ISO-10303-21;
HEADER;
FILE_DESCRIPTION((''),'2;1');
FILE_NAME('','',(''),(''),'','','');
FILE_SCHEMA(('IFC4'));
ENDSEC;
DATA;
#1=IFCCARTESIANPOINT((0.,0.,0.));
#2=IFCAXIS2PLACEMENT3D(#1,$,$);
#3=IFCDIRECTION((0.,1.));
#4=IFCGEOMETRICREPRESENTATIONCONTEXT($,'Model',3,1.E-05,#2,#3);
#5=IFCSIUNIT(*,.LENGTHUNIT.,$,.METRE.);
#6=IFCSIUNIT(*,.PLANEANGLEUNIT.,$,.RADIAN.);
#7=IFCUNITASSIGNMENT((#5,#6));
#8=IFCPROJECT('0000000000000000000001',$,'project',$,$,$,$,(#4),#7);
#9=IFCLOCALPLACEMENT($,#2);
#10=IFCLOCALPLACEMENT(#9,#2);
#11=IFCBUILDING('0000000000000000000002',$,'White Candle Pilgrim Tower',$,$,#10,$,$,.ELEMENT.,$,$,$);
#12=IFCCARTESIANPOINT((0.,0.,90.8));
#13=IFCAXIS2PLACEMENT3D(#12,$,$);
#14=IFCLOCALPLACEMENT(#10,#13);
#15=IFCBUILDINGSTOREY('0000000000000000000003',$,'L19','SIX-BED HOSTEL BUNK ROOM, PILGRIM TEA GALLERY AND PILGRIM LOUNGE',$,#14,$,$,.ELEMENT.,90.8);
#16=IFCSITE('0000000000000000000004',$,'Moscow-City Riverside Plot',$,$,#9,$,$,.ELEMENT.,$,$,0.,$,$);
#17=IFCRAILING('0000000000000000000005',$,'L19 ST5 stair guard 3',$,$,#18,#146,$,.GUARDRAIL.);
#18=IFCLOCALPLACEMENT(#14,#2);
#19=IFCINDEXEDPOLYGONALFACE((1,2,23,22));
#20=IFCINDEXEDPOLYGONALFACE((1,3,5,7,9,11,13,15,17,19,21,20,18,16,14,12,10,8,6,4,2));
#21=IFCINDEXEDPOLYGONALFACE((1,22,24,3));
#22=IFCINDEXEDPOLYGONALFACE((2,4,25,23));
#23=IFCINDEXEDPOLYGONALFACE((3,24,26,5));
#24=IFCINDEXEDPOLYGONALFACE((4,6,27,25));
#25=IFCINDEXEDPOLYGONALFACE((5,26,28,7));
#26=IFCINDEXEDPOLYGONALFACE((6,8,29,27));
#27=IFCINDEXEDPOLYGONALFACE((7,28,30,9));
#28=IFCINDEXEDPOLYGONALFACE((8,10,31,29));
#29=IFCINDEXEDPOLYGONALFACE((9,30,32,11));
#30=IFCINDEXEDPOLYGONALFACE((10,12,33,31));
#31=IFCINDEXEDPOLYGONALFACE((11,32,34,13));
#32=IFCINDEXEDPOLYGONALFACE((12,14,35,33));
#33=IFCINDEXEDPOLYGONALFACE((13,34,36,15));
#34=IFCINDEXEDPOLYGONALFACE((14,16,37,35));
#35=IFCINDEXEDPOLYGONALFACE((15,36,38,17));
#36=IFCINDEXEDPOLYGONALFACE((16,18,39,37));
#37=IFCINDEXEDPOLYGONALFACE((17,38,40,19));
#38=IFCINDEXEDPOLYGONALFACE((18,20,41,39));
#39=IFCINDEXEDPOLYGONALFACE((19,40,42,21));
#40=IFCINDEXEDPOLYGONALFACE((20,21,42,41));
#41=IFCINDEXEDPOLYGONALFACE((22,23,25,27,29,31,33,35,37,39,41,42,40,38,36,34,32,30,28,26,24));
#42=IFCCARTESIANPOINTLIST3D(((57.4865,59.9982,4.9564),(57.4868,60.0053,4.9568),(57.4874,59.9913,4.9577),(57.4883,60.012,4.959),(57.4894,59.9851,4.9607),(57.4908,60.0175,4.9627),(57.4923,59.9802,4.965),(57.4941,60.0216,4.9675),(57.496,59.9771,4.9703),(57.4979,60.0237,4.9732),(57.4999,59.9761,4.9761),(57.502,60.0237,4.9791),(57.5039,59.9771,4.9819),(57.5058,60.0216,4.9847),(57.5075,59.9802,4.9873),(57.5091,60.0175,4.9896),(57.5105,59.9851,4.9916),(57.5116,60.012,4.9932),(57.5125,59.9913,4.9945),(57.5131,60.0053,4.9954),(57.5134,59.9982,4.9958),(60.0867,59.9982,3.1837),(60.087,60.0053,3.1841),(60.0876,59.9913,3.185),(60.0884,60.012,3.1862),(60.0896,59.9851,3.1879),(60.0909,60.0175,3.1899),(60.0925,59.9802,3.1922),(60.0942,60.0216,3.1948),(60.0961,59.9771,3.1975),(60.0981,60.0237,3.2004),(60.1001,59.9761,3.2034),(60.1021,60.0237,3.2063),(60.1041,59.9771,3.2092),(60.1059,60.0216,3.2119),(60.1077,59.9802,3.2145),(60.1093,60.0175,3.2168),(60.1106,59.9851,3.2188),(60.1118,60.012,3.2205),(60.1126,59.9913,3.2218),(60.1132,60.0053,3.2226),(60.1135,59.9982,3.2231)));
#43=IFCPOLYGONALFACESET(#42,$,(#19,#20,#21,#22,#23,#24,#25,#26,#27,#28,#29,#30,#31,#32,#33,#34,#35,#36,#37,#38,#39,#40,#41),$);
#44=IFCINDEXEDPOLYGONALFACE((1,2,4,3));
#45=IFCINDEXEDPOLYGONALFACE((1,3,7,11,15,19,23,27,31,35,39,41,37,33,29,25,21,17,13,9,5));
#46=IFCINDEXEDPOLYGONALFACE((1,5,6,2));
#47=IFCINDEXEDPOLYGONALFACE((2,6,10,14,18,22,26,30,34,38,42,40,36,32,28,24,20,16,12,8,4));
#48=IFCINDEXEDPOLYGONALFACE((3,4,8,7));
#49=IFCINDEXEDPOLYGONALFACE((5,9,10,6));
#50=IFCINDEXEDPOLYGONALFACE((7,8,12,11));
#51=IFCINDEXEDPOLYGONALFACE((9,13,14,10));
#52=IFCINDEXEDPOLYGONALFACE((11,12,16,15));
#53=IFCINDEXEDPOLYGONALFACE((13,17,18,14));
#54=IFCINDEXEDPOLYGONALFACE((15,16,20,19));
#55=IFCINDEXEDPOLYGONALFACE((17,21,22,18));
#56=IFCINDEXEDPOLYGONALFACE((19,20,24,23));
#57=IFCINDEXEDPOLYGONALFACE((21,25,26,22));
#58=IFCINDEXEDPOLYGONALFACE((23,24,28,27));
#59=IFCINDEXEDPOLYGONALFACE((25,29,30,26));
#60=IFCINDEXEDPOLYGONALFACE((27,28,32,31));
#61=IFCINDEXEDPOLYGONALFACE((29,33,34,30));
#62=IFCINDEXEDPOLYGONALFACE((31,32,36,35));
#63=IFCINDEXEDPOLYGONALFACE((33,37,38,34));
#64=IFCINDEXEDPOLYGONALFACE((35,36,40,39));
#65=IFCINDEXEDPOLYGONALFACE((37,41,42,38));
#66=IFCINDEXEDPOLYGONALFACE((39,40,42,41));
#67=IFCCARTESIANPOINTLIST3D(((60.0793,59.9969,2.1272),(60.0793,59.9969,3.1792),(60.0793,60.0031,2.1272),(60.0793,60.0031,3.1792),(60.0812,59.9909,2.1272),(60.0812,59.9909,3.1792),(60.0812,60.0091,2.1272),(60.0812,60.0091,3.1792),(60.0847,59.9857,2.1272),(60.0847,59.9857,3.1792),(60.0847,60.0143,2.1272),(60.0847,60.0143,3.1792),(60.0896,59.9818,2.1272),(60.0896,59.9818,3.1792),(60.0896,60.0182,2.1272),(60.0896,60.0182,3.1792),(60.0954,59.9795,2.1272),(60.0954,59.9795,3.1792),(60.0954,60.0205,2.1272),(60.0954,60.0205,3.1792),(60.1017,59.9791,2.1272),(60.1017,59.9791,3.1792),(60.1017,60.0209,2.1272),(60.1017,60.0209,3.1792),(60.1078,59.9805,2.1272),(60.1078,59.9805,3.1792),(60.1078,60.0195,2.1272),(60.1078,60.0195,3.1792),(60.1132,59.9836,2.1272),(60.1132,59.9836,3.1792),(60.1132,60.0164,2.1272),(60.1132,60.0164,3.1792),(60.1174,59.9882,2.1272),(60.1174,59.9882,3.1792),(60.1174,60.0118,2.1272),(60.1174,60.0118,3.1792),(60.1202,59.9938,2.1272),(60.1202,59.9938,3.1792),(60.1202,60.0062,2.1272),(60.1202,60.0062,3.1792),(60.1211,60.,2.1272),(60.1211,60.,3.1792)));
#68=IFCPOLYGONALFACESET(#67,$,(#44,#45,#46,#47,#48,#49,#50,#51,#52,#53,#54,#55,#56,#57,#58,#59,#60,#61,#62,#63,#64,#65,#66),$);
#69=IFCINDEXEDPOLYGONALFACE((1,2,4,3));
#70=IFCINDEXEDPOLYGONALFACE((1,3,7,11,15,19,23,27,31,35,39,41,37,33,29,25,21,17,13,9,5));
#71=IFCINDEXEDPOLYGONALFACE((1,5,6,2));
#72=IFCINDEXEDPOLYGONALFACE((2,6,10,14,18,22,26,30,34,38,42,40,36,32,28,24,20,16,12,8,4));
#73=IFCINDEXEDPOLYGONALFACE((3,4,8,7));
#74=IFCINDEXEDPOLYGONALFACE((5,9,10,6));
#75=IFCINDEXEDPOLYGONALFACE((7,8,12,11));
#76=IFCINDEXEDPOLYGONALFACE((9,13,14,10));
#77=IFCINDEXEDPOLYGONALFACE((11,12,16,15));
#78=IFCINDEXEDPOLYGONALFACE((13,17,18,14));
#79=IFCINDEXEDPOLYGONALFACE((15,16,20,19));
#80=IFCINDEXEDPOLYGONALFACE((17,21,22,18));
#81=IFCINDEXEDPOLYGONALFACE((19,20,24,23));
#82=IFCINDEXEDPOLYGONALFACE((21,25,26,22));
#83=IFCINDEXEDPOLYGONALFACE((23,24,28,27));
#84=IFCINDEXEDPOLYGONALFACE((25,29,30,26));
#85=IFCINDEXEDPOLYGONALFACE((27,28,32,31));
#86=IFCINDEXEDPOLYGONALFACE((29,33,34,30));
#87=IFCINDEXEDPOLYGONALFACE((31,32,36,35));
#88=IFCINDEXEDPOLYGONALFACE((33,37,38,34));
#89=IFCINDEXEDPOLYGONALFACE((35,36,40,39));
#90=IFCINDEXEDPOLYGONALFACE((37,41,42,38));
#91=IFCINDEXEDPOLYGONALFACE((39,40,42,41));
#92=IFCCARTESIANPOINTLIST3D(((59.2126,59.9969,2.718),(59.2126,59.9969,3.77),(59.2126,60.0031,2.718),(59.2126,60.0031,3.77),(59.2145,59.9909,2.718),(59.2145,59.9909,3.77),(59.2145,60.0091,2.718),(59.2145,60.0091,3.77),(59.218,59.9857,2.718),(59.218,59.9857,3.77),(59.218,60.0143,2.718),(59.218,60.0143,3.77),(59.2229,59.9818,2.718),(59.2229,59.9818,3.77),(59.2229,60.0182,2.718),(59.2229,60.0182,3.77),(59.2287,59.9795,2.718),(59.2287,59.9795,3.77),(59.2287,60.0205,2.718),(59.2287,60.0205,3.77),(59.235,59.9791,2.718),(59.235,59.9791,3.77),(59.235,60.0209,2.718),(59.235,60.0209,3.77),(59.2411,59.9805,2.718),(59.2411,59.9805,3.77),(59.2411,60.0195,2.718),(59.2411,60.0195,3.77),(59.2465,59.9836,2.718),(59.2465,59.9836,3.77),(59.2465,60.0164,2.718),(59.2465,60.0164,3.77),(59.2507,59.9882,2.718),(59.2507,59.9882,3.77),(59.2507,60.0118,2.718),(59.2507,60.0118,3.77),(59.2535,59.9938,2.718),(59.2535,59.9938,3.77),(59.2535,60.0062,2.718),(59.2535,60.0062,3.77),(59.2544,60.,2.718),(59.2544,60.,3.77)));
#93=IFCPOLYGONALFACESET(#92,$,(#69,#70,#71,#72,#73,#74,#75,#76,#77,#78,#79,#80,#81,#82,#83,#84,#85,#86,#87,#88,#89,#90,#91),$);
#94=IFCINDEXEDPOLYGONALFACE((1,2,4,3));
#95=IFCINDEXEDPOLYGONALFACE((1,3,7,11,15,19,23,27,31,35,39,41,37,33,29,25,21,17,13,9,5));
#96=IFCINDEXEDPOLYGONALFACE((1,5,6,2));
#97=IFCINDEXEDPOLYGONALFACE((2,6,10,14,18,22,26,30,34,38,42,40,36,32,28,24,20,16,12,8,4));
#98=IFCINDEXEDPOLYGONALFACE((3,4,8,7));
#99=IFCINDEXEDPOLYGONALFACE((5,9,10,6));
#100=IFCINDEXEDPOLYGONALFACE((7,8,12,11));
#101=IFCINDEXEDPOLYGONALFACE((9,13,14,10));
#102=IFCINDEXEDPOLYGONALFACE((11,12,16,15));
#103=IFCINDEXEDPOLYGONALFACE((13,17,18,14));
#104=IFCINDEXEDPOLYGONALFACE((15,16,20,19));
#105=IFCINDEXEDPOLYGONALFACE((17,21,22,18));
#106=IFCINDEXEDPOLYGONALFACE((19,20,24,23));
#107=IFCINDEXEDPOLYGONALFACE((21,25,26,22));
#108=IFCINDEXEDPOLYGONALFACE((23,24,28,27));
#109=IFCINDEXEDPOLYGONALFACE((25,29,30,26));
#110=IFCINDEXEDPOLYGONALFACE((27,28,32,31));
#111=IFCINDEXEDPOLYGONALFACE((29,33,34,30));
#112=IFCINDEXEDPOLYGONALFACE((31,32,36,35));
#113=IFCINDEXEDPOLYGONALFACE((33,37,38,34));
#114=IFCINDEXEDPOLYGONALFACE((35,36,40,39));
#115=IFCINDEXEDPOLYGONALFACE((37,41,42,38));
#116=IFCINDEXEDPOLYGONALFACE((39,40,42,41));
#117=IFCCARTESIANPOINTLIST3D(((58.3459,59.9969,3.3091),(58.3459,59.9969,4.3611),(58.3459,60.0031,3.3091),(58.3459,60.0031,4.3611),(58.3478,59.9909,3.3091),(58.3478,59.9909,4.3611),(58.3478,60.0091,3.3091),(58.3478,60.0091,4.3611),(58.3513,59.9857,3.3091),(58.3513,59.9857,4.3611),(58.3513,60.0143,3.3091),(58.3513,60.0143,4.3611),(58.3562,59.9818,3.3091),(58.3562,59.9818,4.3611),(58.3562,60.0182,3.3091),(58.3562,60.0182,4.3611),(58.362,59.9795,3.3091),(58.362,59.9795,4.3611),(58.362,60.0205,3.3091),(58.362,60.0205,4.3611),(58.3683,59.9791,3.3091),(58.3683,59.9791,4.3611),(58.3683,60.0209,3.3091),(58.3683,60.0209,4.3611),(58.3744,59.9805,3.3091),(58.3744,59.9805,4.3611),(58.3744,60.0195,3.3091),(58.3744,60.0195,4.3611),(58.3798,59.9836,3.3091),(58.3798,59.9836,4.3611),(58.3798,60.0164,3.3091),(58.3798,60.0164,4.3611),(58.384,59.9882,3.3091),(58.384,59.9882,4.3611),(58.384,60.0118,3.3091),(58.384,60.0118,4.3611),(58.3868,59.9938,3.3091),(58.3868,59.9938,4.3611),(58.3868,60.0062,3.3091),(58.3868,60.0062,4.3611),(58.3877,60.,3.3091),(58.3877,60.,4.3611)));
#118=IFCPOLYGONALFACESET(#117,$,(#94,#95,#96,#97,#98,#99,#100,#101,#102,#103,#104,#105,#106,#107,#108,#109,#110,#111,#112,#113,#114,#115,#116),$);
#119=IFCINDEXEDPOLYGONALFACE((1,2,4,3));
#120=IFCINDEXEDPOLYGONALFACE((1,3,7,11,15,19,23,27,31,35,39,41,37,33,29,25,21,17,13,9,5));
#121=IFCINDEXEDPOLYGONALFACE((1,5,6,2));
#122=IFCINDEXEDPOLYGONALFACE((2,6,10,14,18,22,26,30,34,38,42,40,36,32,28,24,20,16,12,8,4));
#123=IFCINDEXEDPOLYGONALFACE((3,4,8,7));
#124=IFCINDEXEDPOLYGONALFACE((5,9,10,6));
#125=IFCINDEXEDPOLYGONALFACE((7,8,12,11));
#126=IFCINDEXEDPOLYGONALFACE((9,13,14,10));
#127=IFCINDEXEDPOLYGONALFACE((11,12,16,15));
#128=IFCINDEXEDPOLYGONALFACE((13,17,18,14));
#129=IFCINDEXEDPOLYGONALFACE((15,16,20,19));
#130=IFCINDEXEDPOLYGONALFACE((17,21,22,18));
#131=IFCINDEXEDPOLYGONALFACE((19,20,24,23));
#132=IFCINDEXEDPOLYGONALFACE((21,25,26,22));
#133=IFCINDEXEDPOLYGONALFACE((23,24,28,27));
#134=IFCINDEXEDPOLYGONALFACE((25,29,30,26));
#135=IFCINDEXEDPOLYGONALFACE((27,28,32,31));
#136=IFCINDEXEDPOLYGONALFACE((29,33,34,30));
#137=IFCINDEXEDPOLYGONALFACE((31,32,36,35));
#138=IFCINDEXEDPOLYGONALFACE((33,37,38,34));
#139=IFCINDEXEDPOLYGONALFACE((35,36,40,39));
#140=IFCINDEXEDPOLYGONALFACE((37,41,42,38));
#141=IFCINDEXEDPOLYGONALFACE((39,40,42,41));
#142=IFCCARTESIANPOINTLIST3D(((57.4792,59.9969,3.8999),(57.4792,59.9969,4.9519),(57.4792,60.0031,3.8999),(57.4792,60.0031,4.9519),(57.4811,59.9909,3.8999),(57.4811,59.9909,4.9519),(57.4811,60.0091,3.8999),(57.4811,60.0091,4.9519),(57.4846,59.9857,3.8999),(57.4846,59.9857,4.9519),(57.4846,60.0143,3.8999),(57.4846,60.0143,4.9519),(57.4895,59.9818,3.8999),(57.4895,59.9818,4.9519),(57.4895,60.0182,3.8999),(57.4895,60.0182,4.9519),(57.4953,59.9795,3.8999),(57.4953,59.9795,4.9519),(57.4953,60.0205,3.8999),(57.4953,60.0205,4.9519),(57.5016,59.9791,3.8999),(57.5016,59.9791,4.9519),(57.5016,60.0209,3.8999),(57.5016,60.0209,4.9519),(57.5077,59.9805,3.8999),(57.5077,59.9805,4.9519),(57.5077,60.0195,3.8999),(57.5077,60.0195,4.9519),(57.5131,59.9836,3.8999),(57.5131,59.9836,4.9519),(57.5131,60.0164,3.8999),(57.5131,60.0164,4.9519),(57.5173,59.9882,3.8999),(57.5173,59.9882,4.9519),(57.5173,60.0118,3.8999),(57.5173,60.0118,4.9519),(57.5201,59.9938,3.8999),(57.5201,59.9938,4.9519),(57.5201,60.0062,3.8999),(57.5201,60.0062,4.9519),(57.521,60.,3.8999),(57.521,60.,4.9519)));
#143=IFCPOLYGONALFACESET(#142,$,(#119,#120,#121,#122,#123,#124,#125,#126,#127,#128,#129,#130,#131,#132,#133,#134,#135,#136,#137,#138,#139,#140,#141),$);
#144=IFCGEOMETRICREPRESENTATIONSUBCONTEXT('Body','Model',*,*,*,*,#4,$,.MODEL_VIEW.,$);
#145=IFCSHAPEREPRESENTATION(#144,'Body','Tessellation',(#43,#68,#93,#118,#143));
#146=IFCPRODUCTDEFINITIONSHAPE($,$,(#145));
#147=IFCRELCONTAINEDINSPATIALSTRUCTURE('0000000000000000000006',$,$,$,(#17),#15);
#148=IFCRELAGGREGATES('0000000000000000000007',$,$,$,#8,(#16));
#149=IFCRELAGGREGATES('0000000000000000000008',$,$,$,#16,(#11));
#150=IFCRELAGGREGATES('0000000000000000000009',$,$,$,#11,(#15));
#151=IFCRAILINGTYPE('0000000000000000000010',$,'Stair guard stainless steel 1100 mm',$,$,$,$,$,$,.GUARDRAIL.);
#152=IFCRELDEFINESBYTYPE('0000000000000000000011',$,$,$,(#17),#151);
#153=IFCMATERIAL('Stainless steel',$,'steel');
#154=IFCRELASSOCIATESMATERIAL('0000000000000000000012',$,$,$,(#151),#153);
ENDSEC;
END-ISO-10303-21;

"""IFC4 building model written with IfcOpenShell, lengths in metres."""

from ifc_helpers import new_model, si_unit, direction, frame, origin, origin_2d, place, context, subcontext, project, spatial, circle, extrude, material, type_object, element, save


model = new_model("IFC4")

# Units and contexts
model_context = context("Model", 3, precision=1e-05, world=origin(), true_north=direction((0.0, 1.0)))
body_context = subcontext(model_context, "Body", "Model", "MODEL_VIEW")
ifc_project = project(units=[si_unit("LENGTHUNIT", "METRE"), si_unit("PLANEANGLEUNIT", "RADIAN")], contexts=[model_context])

# Site, building, storey
site_placement = place(None, origin())
site = spatial("IfcSite", under=ifc_project, at=site_placement, Name="Moscow-City Riverside Plot", CompositionType="ELEMENT", RefElevation=0.0)
building_placement = place(site_placement, origin())
building = spatial("IfcBuilding", under=site, at=building_placement, Name="White Candle Pilgrim Tower", CompositionType="ELEMENT")
storey_placement = place(building_placement, frame((0.0, 0.0, 90.8)))
storey = spatial("IfcBuildingStorey", under=building, at=storey_placement, Name="L19", Description="SIX-BED HOSTEL BUNK ROOM, PILGRIM TEA GALLERY AND PILGRIM LOUNGE", CompositionType="ELEMENT", Elevation=90.8)

# Shared definitions
ifc_material_1 = material(Name="Stainless steel", Category="steel")

# Railing
railing_type_1 = type_object("IfcRailingType", Name="Stair guard stainless steel 1100 mm", PredefinedType="GUARDRAIL", material=ifc_material_1)
railing_1_placement = place(storey_placement, frame((60.1001, 60.0, 2.1272)))
element("IfcRailing", 1, at=railing_1_placement, inside=storey, type_object=railing_type_1, Name="L19 ST5 stair guard 3", PredefinedType="GUARDRAIL", context=body_context, shape_type="SweptSolid", body=[
    extrude(circle(Radius=0.0239, at=origin_2d()), frame((0.0, 0.0, 1.0762), z_axis=(-0.82624, 0.0, 0.563318), x_axis=(0.0, -1.0, 0.0)), (0.0, 0.0, 1.0), 3.147),
    extrude(circle(Radius=0.021, at=origin_2d()), origin(), (0.0, 0.0, 1.0), 1.052),
    extrude(circle(Radius=0.021, at=origin_2d()), frame((-0.8667, 0.0, 0.5908)), (0.0, 0.0, 1.0), 1.052),
    extrude(circle(Radius=0.021, at=origin_2d()), frame((-1.7334, 0.0, 1.1819)), (0.0, 0.0, 1.0), 1.052),
    extrude(circle(Radius=0.021, at=origin_2d()), frame((-2.6001, 0.0, 1.7727)), (0.0, 0.0, 1.0), 1.052),
])

save(model, "model.ifc")
